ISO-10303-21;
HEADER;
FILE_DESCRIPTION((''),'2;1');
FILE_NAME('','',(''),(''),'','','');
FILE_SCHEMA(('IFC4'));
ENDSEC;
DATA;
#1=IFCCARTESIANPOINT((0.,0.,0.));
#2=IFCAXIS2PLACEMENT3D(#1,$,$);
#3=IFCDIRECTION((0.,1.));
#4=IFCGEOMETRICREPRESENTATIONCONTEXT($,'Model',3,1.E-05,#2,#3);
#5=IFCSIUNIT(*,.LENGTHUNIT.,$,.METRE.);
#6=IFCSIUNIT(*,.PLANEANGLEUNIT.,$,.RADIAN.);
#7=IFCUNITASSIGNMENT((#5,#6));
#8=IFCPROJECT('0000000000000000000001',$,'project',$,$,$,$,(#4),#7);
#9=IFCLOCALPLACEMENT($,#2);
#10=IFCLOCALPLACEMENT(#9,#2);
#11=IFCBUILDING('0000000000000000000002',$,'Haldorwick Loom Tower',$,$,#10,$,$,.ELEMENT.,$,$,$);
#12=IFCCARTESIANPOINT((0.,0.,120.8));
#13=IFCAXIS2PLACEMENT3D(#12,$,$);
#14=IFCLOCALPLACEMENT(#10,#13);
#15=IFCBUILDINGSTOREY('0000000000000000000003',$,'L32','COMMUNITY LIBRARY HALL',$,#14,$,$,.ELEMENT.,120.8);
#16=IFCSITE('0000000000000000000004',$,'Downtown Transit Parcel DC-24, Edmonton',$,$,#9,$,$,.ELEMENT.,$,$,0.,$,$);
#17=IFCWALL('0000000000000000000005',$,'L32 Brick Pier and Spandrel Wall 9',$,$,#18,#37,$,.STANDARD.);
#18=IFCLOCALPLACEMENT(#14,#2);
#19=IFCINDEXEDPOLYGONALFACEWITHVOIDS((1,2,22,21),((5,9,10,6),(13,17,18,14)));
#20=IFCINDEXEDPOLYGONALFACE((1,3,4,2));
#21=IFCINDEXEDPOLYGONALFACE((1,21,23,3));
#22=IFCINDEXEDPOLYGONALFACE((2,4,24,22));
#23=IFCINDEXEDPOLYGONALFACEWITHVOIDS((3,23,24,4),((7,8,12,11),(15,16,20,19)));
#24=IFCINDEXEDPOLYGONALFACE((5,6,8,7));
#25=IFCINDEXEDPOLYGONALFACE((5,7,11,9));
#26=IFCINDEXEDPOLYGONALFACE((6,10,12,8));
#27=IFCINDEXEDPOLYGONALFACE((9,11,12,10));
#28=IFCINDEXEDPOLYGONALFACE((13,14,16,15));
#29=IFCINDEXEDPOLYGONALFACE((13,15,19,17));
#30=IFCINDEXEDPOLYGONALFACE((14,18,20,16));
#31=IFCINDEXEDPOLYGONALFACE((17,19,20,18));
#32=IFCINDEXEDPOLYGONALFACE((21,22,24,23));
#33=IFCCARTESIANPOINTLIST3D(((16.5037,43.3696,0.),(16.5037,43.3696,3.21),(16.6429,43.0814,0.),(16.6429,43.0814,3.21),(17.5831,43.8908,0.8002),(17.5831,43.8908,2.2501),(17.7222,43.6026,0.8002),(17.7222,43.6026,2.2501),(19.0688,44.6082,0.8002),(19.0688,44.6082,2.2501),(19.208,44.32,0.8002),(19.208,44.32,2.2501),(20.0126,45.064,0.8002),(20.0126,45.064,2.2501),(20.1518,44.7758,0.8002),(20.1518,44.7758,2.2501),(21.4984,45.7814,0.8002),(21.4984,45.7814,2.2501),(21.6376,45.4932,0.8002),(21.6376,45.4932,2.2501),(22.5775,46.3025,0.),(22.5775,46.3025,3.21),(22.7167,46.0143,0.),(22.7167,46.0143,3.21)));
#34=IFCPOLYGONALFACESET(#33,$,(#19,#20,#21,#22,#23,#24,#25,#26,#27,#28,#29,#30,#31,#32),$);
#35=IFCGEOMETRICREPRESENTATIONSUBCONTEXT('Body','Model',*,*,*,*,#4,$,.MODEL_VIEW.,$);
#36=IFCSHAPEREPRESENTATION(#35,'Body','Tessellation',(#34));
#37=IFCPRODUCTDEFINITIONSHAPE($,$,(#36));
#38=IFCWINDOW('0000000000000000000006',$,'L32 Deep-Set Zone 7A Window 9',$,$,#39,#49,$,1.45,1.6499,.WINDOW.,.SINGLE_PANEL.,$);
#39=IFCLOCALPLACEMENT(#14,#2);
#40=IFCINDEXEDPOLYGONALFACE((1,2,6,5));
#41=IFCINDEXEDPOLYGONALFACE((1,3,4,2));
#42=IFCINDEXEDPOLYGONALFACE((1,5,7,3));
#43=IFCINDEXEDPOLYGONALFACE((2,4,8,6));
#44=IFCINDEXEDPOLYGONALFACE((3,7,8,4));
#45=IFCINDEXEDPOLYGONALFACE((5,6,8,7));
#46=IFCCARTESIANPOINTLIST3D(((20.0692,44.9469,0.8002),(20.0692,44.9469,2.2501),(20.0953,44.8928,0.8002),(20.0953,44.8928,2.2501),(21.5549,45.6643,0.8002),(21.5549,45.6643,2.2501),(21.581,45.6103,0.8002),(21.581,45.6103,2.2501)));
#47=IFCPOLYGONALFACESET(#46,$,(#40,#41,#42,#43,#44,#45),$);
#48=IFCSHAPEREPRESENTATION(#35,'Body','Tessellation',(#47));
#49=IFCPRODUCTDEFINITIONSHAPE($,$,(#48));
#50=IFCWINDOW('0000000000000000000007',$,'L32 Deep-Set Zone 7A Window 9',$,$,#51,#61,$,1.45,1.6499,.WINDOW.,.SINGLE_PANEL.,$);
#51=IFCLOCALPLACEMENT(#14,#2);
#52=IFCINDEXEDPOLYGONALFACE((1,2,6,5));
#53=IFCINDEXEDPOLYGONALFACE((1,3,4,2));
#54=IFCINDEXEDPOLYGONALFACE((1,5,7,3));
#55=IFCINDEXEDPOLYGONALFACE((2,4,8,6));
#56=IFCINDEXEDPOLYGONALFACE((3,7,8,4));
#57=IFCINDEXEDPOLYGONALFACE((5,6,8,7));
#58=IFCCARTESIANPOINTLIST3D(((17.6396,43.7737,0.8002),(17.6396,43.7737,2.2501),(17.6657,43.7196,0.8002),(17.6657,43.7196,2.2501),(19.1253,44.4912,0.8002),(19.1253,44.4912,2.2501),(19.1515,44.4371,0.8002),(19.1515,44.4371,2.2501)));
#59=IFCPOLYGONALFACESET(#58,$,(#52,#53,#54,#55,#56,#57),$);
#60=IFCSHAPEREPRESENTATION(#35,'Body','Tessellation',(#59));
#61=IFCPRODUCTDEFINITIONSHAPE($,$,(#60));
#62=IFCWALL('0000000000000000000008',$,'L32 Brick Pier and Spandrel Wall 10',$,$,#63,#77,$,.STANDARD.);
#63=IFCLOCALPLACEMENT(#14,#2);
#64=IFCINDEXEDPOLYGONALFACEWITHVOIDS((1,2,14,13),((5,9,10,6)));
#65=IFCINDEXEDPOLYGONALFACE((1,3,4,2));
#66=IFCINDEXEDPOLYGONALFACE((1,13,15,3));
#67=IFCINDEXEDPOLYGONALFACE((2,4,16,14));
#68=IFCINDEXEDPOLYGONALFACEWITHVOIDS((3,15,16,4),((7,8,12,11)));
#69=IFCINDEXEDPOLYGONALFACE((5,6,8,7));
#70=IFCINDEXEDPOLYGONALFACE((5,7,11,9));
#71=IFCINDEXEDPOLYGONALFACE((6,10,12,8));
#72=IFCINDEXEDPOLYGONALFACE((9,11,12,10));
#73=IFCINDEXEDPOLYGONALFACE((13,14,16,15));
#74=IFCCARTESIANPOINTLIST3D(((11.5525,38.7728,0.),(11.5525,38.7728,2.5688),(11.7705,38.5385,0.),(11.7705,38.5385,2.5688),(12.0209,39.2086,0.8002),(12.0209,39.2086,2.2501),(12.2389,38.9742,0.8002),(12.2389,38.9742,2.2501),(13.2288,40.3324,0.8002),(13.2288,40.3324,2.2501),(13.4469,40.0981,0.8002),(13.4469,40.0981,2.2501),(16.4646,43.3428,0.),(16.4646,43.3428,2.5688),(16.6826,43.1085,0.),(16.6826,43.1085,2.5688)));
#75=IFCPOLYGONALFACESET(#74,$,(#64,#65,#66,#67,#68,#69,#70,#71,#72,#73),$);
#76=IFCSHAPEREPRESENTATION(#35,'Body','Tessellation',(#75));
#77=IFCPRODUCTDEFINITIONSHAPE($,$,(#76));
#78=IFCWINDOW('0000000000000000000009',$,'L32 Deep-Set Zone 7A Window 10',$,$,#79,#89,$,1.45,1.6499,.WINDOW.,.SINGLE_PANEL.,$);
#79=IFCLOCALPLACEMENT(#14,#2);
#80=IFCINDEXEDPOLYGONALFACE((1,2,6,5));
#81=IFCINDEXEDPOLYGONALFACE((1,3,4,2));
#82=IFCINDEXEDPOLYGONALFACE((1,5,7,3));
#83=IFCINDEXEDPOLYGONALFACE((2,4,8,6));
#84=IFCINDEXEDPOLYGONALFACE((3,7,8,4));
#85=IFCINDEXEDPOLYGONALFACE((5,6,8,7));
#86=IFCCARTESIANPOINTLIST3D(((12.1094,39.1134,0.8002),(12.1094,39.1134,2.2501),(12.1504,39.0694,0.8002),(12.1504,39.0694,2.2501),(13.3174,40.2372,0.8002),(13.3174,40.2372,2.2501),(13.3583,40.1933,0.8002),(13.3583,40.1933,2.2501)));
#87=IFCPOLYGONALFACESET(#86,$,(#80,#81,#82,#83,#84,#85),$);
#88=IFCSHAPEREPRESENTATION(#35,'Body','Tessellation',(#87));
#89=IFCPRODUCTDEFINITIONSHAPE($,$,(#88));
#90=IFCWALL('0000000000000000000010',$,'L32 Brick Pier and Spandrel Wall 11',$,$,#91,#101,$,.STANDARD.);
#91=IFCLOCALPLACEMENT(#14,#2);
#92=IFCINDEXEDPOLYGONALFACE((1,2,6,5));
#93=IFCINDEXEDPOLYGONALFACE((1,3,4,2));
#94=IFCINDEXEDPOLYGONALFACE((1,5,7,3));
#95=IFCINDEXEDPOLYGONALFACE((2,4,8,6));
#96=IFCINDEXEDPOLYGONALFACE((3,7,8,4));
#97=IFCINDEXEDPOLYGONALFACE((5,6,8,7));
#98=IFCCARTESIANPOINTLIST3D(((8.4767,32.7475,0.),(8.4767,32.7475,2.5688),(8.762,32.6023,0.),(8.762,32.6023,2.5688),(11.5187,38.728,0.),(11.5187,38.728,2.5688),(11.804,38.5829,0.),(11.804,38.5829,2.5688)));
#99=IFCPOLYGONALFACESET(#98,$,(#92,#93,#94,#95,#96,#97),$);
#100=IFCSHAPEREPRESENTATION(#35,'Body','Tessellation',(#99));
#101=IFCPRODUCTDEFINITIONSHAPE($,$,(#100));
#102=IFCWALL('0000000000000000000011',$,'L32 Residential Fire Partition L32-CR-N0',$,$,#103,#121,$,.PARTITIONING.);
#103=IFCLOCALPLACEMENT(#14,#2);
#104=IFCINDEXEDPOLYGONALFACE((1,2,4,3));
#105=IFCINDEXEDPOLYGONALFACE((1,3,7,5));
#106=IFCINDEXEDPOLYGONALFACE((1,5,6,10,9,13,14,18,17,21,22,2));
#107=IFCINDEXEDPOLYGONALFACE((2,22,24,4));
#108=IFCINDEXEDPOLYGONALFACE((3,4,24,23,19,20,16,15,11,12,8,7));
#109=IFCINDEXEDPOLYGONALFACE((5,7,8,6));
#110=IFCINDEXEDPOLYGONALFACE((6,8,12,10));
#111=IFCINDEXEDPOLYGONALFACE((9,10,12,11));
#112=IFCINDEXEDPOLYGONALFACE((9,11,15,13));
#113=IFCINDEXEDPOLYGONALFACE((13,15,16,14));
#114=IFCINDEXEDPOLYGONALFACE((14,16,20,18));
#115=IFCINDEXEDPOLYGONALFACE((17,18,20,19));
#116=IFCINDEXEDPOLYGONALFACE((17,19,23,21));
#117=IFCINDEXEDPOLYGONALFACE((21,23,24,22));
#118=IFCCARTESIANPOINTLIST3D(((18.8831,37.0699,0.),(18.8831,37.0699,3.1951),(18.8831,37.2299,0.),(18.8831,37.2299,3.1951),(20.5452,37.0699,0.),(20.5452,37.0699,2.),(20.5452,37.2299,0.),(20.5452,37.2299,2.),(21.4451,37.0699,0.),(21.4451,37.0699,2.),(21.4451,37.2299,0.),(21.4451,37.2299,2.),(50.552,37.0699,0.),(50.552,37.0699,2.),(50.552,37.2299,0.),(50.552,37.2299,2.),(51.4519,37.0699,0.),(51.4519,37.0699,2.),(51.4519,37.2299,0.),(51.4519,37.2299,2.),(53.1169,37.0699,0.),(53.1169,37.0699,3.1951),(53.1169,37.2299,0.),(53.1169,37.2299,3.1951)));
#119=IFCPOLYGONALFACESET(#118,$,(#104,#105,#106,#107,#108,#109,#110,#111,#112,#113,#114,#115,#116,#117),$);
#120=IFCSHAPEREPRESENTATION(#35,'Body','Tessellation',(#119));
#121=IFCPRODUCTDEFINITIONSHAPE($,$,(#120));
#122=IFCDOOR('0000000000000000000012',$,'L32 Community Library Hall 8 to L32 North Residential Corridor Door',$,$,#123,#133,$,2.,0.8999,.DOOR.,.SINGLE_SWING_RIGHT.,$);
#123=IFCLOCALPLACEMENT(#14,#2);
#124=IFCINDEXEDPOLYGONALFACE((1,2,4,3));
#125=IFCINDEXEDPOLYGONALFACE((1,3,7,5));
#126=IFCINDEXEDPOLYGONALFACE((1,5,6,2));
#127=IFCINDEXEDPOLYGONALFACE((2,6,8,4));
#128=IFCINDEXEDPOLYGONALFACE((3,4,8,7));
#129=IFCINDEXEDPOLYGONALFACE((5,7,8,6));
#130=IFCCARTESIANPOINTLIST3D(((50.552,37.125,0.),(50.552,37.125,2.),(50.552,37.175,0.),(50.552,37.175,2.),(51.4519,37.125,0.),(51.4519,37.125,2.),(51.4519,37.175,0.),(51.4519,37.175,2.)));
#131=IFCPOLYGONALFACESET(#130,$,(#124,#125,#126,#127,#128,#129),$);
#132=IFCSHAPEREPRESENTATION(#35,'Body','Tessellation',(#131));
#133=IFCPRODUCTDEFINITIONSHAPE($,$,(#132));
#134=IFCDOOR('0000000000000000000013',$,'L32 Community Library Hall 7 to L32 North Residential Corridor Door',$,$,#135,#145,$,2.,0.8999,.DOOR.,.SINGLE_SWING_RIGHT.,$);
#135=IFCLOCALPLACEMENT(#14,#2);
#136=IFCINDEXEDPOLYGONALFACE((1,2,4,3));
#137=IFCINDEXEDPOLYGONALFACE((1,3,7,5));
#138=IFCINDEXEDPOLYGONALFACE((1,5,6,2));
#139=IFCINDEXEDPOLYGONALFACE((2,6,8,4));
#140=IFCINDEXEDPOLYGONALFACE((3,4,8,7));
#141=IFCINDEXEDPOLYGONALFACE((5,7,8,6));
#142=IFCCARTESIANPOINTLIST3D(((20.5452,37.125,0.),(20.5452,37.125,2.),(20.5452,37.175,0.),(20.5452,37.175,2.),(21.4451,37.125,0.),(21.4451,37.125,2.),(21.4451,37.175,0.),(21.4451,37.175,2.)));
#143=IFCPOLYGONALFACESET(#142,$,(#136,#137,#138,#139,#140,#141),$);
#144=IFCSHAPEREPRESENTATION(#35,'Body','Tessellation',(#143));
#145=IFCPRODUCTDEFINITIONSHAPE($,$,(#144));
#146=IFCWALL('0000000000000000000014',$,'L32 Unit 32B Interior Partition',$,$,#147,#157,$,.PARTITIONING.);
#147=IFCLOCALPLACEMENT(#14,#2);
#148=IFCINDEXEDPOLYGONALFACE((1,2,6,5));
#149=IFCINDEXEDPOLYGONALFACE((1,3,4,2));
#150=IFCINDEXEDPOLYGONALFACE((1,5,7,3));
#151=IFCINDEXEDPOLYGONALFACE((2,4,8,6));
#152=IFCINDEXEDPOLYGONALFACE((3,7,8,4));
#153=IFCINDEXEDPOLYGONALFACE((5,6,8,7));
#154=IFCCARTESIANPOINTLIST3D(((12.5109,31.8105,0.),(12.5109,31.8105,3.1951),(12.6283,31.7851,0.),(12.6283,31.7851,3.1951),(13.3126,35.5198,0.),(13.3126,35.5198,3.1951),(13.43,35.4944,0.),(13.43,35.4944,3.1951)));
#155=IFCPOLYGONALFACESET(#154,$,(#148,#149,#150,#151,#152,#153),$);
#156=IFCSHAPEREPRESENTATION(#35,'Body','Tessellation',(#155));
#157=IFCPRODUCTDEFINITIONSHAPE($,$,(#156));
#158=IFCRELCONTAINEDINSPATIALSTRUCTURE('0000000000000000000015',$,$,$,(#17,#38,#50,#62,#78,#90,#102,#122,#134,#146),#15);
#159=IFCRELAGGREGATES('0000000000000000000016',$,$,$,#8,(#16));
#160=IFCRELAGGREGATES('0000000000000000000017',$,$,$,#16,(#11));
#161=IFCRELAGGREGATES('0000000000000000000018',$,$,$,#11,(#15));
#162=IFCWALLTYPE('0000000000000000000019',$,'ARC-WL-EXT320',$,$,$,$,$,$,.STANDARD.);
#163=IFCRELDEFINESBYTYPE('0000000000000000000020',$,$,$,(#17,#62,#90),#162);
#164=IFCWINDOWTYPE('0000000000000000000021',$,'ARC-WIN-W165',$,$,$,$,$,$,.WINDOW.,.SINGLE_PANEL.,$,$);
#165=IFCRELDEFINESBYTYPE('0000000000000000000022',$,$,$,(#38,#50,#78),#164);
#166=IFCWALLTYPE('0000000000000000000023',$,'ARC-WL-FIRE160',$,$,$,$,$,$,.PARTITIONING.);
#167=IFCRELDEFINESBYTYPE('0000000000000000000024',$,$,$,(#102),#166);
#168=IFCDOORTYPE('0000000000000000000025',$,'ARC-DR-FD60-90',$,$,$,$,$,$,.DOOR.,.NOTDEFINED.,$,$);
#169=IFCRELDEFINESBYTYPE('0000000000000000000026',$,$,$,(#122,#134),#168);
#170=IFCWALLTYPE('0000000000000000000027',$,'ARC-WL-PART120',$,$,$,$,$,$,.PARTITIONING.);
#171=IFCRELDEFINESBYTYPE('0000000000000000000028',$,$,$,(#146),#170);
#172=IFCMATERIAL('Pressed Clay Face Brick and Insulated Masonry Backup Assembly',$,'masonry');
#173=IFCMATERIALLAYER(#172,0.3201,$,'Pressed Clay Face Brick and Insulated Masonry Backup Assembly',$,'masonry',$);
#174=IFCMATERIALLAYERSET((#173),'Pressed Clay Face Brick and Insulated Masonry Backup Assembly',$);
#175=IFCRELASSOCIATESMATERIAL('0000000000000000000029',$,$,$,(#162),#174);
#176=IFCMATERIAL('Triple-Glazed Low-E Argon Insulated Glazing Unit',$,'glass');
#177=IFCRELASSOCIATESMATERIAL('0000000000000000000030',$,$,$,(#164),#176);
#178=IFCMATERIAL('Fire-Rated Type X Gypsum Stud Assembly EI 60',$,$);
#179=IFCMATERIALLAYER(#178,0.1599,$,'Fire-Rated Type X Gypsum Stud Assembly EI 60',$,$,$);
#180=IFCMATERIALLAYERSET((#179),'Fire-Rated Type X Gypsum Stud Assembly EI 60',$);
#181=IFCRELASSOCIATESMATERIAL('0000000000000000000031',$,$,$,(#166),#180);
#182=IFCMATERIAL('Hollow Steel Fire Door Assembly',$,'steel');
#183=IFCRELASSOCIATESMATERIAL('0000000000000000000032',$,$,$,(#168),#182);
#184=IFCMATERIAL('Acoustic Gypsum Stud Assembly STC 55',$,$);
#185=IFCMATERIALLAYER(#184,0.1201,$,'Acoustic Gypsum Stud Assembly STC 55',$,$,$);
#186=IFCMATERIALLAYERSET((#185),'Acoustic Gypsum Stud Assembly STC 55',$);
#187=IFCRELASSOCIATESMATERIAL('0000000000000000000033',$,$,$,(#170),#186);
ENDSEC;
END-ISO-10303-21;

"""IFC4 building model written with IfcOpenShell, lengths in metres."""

from ifc_helpers import new_model, si_unit, direction, frame, frame_2d, origin, place, context, subcontext, project, spatial, rectangle, extrude, material, layer, layer_set, type_object, element, fill, save


model = new_model("IFC4")

# Units and contexts
model_context = context("Model", 3, precision=1e-05, world=origin(), true_north=direction((0.0, 1.0)))
body_context = subcontext(model_context, "Body", "Model", "MODEL_VIEW")
ifc_project = project(units=[si_unit("LENGTHUNIT", "METRE"), si_unit("PLANEANGLEUNIT", "RADIAN")], contexts=[model_context])

# Site, building, storey
site_placement = place(None, origin())
site = spatial("IfcSite", under=ifc_project, at=site_placement, Name="Downtown Transit Parcel DC-24, Edmonton", CompositionType="ELEMENT", RefElevation=0.0)
building_placement = place(site_placement, origin())
building = spatial("IfcBuilding", under=site, at=building_placement, Name="Haldorwick Loom Tower", CompositionType="ELEMENT")
storey_placement = place(building_placement, frame((0.0, 0.0, 120.8)))
storey = spatial("IfcBuildingStorey", under=building, at=storey_placement, Name="L32", Description="COMMUNITY LIBRARY HALL", CompositionType="ELEMENT", Elevation=120.8)

# Wall, openings, windows
ifc_material_1 = material(Name="Pressed Clay Face Brick and Insulated Masonry Backup Assembly", Category="masonry")
ifc_layer_1 = layer(ifc_material_1, 0.3201, Name="Pressed Clay Face Brick and Insulated Masonry Backup Assembly", Category="masonry")
ifc_layer_set_1 = layer_set([ifc_layer_1], Name="Pressed Clay Face Brick and Insulated Masonry Backup Assembly")
wall_type_1 = type_object("IfcWallType", Name="ARC-WL-EXT320", PredefinedType="STANDARD", material=ifc_layer_set_1)
wall_1_placement = place(storey_placement, frame((22.6472, 46.1584, 0.0), z_axis=(0.0, 0.0, 1.0), x_axis=(-0.90051, -0.434835, 0.0)))
wall_1 = element("IfcWall", 1, at=wall_1_placement, inside=storey, type_object=wall_type_1, Name="L32 Brick Pier and Spandrel Wall 9", PredefinedType="STANDARD", context=body_context, shape_type="SweptSolid", body=[
    extrude(rectangle(XDim=6.7449, YDim=0.3201, at=frame_2d((3.3726, 0.0))), origin(), (0.0, 0.0, 1.0), 3.21),
])
opening_1_placement = place(wall_1_placement, frame((1.1985, 0.0, 0.8)))
opening_1 = element("IfcOpeningElement", 2, at=opening_1_placement, cuts=wall_1, PredefinedType="OPENING", context=body_context, shape_type="SweptSolid", body=[
    extrude(rectangle(XDim=1.6499, YDim=1.45, at=frame_2d((0.825, 0.7251))), frame((0.0, 0.1699, 0.0), z_axis=(0.0, -1.0, 0.0), x_axis=(1.0, 0.0, 0.0)), (0.0, 0.0, 1.0), 0.3401),
])
opening_2_placement = place(wall_1_placement, frame((3.8965, 0.0, 0.8)))
opening_2 = element("IfcOpeningElement", 3, at=opening_2_placement, cuts=wall_1, PredefinedType="OPENING", context=body_context, shape_type="SweptSolid", body=[
    extrude(rectangle(XDim=1.6499, YDim=1.45, at=frame_2d((0.825, 0.7251))), frame((0.0, 0.1699, 0.0), z_axis=(0.0, -1.0, 0.0), x_axis=(1.0, 0.0, 0.0)), (0.0, 0.0, 1.0), 0.3401),
])
ifc_material_2 = material(Name="Triple-Glazed Low-E Argon Insulated Glazing Unit", Category="glass")
window_type = type_object("IfcWindowType", Name="ARC-WIN-W165", PartitioningType="SINGLE_PANEL", PredefinedType="WINDOW", material=ifc_material_2)
window_1_placement = place(opening_1_placement, origin())
window_1 = element("IfcWindow", 4, at=window_1_placement, inside=storey, type_object=window_type, Name="L32 Deep-Set Zone 7A Window 9", OverallHeight=1.45, OverallWidth=1.6499, PartitioningType="SINGLE_PANEL", PredefinedType="WINDOW", context=body_context, shape_type="SweptSolid", body=[
    extrude(rectangle(XDim=1.6499, YDim=1.45, at=frame_2d((0.825, 0.7251))), frame((0.0, 0.03, 0.0), z_axis=(0.0, -1.0, 0.0), x_axis=(1.0, 0.0, 0.0)), (0.0, 0.0, 1.0), 0.0601),
])
fill(opening_1, window_1)
window_2_placement = place(opening_2_placement, origin())
window_2 = element("IfcWindow", 5, at=window_2_placement, inside=storey, type_object=window_type, Name="L32 Deep-Set Zone 7A Window 9", OverallHeight=1.45, OverallWidth=1.6499, PartitioningType="SINGLE_PANEL", PredefinedType="WINDOW", context=body_context, shape_type="SweptSolid", body=[
    extrude(rectangle(XDim=1.6499, YDim=1.45, at=frame_2d((0.825, 0.7251))), frame((0.0, 0.03, 0.0), z_axis=(0.0, -1.0, 0.0), x_axis=(1.0, 0.0, 0.0)), (0.0, 0.0, 1.0), 0.0601),
])
fill(opening_2, window_2)

# Wall, opening, window
wall_2_placement = place(storey_placement, frame((16.5735, 43.2256, 0.0), z_axis=(0.0, 0.0, 1.0), x_axis=(-0.732137, -0.681157, 0.0)))
wall_2 = element("IfcWall", 6, at=wall_2_placement, inside=storey, type_object=wall_type_1, Name="L32 Brick Pier and Spandrel Wall 10", PredefinedType="STANDARD", context=body_context, shape_type="SweptSolid", body=[
    extrude(rectangle(XDim=6.7092, YDim=0.3201, at=frame_2d((3.3545, 0.0))), origin(), (0.0, 0.0, 1.0), 2.5688),
])
opening_3_placement = place(wall_2_placement, frame((4.4194, 0.0, 0.8)))
opening_3 = element("IfcOpeningElement", 7, at=opening_3_placement, cuts=wall_2, PredefinedType="OPENING", context=body_context, shape_type="SweptSolid", body=[
    extrude(rectangle(XDim=1.6499, YDim=1.45, at=frame_2d((0.825, 0.7251))), frame((0.0, 0.1699, 0.0), z_axis=(0.0, -1.0, 0.0), x_axis=(1.0, 0.0, 0.0)), (0.0, 0.0, 1.0), 0.3401),
])
window_3_placement = place(opening_3_placement, origin())
window_3 = element("IfcWindow", 8, at=window_3_placement, inside=storey, type_object=window_type, Name="L32 Deep-Set Zone 7A Window 10", OverallHeight=1.45, OverallWidth=1.6499, PartitioningType="SINGLE_PANEL", PredefinedType="WINDOW", context=body_context, shape_type="SweptSolid", body=[
    extrude(rectangle(XDim=1.6499, YDim=1.45, at=frame_2d((0.825, 0.7251))), frame((0.0, 0.03, 0.0), z_axis=(0.0, -1.0, 0.0), x_axis=(1.0, 0.0, 0.0)), (0.0, 0.0, 1.0), 0.0601),
])
fill(opening_3, window_3)

# Wall
wall_3_placement = place(storey_placement, frame((11.6614, 38.6555, 0.0), z_axis=(0.0, 0.0, 1.0), x_axis=(-0.453374, -0.89132, 0.0)))
element("IfcWall", 9, at=wall_3_placement, inside=storey, type_object=wall_type_1, Name="L32 Brick Pier and Spandrel Wall 11", PredefinedType="STANDARD", context=body_context, shape_type="SweptSolid", body=[
    extrude(rectangle(XDim=6.7097, YDim=0.3201, at=frame_2d((3.355, 0.0))), origin(), (0.0, 0.0, 1.0), 2.5688),
])

# Wall, openings, doors
ifc_material_3 = material(Name="Fire-Rated Type X Gypsum Stud Assembly EI 60")
ifc_layer_2 = layer(ifc_material_3, 0.1599, Name="Fire-Rated Type X Gypsum Stud Assembly EI 60")
ifc_layer_set_2 = layer_set([ifc_layer_2], Name="Fire-Rated Type X Gypsum Stud Assembly EI 60")
wall_type_2 = type_object("IfcWallType", Name="ARC-WL-FIRE160", PredefinedType="PARTITIONING", material=ifc_layer_set_2)
wall_4_placement = place(storey_placement, frame((18.8831, 37.1499, 0.0), z_axis=(0.0, 0.0, 1.0), x_axis=(1.0, 0.0, 0.0)))
wall_4 = element("IfcWall", 10, at=wall_4_placement, inside=storey, type_object=wall_type_2, Name="L32 Residential Fire Partition L32-CR-N0", PredefinedType="PARTITIONING", context=body_context, shape_type="SweptSolid", body=[
    extrude(rectangle(XDim=34.2339, YDim=0.1599, at=frame_2d((17.1169, 0.0))), origin(), (0.0, 0.0, 1.0), 3.1951),
])
opening_4_placement = place(wall_4_placement, frame((31.6689, 0.0, 0.0)))
opening_4 = element("IfcOpeningElement", 11, at=opening_4_placement, cuts=wall_4, PredefinedType="OPENING", context=body_context, shape_type="SweptSolid", body=[
    extrude(rectangle(XDim=0.8999, YDim=2.0, at=frame_2d((0.45, 1.0))), frame((0.0, 0.0898, 0.0), z_axis=(0.0, -1.0, 0.0), x_axis=(1.0, 0.0, 0.0)), (0.0, 0.0, 1.0), 0.1799),
])
opening_5_placement = place(wall_4_placement, frame((1.6621, 0.0, 0.0)))
opening_5 = element("IfcOpeningElement", 12, at=opening_5_placement, cuts=wall_4, PredefinedType="OPENING", context=body_context, shape_type="SweptSolid", body=[
    extrude(rectangle(XDim=0.8999, YDim=2.0, at=frame_2d((0.45, 1.0))), frame((0.0, 0.0898, 0.0), z_axis=(0.0, -1.0, 0.0), x_axis=(1.0, 0.0, 0.0)), (0.0, 0.0, 1.0), 0.1799),
])
ifc_material_4 = material(Name="Hollow Steel Fire Door Assembly", Category="steel")
door_type = type_object("IfcDoorType", Name="ARC-DR-FD60-90", OperationType="NOTDEFINED", PredefinedType="DOOR", material=ifc_material_4)
door_1_placement = place(opening_4_placement, frame((0.8999, 0.0, 0.0), z_axis=(0.0, 0.0, 1.0), x_axis=(-1.0, 0.0, 0.0)))
door_1 = element("IfcDoor", 13, at=door_1_placement, inside=storey, type_object=door_type, Name="L32 Community Library Hall 8 to L32 North Residential Corridor Door", OperationType="SINGLE_SWING_RIGHT", OverallHeight=2.0, OverallWidth=0.8999, PredefinedType="DOOR", context=body_context, shape_type="SweptSolid", body=[
    extrude(rectangle(XDim=0.8999, YDim=2.0, at=frame_2d((0.45, 1.0))), frame((0.0, 0.0249, 0.0), z_axis=(0.0, -1.0, 0.0), x_axis=(1.0, 0.0, 0.0)), (0.0, 0.0, 1.0), 0.05),
])
fill(opening_4, door_1)
door_2_placement = place(opening_5_placement, frame((0.8999, 0.0, 0.0), z_axis=(0.0, 0.0, 1.0), x_axis=(-1.0, 0.0, 0.0)))
door_2 = element("IfcDoor", 14, at=door_2_placement, inside=storey, type_object=door_type, Name="L32 Community Library Hall 7 to L32 North Residential Corridor Door", OperationType="SINGLE_SWING_RIGHT", OverallHeight=2.0, OverallWidth=0.8999, PredefinedType="DOOR", context=body_context, shape_type="SweptSolid", body=[
    extrude(rectangle(XDim=0.8999, YDim=2.0, at=frame_2d((0.45, 1.0))), frame((0.0, 0.0249, 0.0), z_axis=(0.0, -1.0, 0.0), x_axis=(1.0, 0.0, 0.0)), (0.0, 0.0, 1.0), 0.05),
])
fill(opening_5, door_2)

# Wall
ifc_material_5 = material(Name="Acoustic Gypsum Stud Assembly STC 55")
ifc_layer_3 = layer(ifc_material_5, 0.1201, Name="Acoustic Gypsum Stud Assembly STC 55")
ifc_layer_set_3 = layer_set([ifc_layer_3], Name="Acoustic Gypsum Stud Assembly STC 55")
wall_type_3 = type_object("IfcWallType", Name="ARC-WL-PART120", PredefinedType="PARTITIONING", material=ifc_layer_set_3)
wall_5_placement = place(storey_placement, frame((13.3713, 35.5071, 0.0), z_axis=(0.0, 0.0, 1.0), x_axis=(-0.211273, -0.977427, 0.0)))
element("IfcWall", 15, at=wall_5_placement, inside=storey, type_object=wall_type_3, Name="L32 Unit 32B Interior Partition", PredefinedType="PARTITIONING", context=body_context, shape_type="SweptSolid", body=[
    extrude(rectangle(XDim=3.7949, YDim=0.1201, at=frame_2d((1.8975, 0.0))), origin(), (0.0, 0.0, 1.0), 3.1951),
])

save(model, "model.ifc")
